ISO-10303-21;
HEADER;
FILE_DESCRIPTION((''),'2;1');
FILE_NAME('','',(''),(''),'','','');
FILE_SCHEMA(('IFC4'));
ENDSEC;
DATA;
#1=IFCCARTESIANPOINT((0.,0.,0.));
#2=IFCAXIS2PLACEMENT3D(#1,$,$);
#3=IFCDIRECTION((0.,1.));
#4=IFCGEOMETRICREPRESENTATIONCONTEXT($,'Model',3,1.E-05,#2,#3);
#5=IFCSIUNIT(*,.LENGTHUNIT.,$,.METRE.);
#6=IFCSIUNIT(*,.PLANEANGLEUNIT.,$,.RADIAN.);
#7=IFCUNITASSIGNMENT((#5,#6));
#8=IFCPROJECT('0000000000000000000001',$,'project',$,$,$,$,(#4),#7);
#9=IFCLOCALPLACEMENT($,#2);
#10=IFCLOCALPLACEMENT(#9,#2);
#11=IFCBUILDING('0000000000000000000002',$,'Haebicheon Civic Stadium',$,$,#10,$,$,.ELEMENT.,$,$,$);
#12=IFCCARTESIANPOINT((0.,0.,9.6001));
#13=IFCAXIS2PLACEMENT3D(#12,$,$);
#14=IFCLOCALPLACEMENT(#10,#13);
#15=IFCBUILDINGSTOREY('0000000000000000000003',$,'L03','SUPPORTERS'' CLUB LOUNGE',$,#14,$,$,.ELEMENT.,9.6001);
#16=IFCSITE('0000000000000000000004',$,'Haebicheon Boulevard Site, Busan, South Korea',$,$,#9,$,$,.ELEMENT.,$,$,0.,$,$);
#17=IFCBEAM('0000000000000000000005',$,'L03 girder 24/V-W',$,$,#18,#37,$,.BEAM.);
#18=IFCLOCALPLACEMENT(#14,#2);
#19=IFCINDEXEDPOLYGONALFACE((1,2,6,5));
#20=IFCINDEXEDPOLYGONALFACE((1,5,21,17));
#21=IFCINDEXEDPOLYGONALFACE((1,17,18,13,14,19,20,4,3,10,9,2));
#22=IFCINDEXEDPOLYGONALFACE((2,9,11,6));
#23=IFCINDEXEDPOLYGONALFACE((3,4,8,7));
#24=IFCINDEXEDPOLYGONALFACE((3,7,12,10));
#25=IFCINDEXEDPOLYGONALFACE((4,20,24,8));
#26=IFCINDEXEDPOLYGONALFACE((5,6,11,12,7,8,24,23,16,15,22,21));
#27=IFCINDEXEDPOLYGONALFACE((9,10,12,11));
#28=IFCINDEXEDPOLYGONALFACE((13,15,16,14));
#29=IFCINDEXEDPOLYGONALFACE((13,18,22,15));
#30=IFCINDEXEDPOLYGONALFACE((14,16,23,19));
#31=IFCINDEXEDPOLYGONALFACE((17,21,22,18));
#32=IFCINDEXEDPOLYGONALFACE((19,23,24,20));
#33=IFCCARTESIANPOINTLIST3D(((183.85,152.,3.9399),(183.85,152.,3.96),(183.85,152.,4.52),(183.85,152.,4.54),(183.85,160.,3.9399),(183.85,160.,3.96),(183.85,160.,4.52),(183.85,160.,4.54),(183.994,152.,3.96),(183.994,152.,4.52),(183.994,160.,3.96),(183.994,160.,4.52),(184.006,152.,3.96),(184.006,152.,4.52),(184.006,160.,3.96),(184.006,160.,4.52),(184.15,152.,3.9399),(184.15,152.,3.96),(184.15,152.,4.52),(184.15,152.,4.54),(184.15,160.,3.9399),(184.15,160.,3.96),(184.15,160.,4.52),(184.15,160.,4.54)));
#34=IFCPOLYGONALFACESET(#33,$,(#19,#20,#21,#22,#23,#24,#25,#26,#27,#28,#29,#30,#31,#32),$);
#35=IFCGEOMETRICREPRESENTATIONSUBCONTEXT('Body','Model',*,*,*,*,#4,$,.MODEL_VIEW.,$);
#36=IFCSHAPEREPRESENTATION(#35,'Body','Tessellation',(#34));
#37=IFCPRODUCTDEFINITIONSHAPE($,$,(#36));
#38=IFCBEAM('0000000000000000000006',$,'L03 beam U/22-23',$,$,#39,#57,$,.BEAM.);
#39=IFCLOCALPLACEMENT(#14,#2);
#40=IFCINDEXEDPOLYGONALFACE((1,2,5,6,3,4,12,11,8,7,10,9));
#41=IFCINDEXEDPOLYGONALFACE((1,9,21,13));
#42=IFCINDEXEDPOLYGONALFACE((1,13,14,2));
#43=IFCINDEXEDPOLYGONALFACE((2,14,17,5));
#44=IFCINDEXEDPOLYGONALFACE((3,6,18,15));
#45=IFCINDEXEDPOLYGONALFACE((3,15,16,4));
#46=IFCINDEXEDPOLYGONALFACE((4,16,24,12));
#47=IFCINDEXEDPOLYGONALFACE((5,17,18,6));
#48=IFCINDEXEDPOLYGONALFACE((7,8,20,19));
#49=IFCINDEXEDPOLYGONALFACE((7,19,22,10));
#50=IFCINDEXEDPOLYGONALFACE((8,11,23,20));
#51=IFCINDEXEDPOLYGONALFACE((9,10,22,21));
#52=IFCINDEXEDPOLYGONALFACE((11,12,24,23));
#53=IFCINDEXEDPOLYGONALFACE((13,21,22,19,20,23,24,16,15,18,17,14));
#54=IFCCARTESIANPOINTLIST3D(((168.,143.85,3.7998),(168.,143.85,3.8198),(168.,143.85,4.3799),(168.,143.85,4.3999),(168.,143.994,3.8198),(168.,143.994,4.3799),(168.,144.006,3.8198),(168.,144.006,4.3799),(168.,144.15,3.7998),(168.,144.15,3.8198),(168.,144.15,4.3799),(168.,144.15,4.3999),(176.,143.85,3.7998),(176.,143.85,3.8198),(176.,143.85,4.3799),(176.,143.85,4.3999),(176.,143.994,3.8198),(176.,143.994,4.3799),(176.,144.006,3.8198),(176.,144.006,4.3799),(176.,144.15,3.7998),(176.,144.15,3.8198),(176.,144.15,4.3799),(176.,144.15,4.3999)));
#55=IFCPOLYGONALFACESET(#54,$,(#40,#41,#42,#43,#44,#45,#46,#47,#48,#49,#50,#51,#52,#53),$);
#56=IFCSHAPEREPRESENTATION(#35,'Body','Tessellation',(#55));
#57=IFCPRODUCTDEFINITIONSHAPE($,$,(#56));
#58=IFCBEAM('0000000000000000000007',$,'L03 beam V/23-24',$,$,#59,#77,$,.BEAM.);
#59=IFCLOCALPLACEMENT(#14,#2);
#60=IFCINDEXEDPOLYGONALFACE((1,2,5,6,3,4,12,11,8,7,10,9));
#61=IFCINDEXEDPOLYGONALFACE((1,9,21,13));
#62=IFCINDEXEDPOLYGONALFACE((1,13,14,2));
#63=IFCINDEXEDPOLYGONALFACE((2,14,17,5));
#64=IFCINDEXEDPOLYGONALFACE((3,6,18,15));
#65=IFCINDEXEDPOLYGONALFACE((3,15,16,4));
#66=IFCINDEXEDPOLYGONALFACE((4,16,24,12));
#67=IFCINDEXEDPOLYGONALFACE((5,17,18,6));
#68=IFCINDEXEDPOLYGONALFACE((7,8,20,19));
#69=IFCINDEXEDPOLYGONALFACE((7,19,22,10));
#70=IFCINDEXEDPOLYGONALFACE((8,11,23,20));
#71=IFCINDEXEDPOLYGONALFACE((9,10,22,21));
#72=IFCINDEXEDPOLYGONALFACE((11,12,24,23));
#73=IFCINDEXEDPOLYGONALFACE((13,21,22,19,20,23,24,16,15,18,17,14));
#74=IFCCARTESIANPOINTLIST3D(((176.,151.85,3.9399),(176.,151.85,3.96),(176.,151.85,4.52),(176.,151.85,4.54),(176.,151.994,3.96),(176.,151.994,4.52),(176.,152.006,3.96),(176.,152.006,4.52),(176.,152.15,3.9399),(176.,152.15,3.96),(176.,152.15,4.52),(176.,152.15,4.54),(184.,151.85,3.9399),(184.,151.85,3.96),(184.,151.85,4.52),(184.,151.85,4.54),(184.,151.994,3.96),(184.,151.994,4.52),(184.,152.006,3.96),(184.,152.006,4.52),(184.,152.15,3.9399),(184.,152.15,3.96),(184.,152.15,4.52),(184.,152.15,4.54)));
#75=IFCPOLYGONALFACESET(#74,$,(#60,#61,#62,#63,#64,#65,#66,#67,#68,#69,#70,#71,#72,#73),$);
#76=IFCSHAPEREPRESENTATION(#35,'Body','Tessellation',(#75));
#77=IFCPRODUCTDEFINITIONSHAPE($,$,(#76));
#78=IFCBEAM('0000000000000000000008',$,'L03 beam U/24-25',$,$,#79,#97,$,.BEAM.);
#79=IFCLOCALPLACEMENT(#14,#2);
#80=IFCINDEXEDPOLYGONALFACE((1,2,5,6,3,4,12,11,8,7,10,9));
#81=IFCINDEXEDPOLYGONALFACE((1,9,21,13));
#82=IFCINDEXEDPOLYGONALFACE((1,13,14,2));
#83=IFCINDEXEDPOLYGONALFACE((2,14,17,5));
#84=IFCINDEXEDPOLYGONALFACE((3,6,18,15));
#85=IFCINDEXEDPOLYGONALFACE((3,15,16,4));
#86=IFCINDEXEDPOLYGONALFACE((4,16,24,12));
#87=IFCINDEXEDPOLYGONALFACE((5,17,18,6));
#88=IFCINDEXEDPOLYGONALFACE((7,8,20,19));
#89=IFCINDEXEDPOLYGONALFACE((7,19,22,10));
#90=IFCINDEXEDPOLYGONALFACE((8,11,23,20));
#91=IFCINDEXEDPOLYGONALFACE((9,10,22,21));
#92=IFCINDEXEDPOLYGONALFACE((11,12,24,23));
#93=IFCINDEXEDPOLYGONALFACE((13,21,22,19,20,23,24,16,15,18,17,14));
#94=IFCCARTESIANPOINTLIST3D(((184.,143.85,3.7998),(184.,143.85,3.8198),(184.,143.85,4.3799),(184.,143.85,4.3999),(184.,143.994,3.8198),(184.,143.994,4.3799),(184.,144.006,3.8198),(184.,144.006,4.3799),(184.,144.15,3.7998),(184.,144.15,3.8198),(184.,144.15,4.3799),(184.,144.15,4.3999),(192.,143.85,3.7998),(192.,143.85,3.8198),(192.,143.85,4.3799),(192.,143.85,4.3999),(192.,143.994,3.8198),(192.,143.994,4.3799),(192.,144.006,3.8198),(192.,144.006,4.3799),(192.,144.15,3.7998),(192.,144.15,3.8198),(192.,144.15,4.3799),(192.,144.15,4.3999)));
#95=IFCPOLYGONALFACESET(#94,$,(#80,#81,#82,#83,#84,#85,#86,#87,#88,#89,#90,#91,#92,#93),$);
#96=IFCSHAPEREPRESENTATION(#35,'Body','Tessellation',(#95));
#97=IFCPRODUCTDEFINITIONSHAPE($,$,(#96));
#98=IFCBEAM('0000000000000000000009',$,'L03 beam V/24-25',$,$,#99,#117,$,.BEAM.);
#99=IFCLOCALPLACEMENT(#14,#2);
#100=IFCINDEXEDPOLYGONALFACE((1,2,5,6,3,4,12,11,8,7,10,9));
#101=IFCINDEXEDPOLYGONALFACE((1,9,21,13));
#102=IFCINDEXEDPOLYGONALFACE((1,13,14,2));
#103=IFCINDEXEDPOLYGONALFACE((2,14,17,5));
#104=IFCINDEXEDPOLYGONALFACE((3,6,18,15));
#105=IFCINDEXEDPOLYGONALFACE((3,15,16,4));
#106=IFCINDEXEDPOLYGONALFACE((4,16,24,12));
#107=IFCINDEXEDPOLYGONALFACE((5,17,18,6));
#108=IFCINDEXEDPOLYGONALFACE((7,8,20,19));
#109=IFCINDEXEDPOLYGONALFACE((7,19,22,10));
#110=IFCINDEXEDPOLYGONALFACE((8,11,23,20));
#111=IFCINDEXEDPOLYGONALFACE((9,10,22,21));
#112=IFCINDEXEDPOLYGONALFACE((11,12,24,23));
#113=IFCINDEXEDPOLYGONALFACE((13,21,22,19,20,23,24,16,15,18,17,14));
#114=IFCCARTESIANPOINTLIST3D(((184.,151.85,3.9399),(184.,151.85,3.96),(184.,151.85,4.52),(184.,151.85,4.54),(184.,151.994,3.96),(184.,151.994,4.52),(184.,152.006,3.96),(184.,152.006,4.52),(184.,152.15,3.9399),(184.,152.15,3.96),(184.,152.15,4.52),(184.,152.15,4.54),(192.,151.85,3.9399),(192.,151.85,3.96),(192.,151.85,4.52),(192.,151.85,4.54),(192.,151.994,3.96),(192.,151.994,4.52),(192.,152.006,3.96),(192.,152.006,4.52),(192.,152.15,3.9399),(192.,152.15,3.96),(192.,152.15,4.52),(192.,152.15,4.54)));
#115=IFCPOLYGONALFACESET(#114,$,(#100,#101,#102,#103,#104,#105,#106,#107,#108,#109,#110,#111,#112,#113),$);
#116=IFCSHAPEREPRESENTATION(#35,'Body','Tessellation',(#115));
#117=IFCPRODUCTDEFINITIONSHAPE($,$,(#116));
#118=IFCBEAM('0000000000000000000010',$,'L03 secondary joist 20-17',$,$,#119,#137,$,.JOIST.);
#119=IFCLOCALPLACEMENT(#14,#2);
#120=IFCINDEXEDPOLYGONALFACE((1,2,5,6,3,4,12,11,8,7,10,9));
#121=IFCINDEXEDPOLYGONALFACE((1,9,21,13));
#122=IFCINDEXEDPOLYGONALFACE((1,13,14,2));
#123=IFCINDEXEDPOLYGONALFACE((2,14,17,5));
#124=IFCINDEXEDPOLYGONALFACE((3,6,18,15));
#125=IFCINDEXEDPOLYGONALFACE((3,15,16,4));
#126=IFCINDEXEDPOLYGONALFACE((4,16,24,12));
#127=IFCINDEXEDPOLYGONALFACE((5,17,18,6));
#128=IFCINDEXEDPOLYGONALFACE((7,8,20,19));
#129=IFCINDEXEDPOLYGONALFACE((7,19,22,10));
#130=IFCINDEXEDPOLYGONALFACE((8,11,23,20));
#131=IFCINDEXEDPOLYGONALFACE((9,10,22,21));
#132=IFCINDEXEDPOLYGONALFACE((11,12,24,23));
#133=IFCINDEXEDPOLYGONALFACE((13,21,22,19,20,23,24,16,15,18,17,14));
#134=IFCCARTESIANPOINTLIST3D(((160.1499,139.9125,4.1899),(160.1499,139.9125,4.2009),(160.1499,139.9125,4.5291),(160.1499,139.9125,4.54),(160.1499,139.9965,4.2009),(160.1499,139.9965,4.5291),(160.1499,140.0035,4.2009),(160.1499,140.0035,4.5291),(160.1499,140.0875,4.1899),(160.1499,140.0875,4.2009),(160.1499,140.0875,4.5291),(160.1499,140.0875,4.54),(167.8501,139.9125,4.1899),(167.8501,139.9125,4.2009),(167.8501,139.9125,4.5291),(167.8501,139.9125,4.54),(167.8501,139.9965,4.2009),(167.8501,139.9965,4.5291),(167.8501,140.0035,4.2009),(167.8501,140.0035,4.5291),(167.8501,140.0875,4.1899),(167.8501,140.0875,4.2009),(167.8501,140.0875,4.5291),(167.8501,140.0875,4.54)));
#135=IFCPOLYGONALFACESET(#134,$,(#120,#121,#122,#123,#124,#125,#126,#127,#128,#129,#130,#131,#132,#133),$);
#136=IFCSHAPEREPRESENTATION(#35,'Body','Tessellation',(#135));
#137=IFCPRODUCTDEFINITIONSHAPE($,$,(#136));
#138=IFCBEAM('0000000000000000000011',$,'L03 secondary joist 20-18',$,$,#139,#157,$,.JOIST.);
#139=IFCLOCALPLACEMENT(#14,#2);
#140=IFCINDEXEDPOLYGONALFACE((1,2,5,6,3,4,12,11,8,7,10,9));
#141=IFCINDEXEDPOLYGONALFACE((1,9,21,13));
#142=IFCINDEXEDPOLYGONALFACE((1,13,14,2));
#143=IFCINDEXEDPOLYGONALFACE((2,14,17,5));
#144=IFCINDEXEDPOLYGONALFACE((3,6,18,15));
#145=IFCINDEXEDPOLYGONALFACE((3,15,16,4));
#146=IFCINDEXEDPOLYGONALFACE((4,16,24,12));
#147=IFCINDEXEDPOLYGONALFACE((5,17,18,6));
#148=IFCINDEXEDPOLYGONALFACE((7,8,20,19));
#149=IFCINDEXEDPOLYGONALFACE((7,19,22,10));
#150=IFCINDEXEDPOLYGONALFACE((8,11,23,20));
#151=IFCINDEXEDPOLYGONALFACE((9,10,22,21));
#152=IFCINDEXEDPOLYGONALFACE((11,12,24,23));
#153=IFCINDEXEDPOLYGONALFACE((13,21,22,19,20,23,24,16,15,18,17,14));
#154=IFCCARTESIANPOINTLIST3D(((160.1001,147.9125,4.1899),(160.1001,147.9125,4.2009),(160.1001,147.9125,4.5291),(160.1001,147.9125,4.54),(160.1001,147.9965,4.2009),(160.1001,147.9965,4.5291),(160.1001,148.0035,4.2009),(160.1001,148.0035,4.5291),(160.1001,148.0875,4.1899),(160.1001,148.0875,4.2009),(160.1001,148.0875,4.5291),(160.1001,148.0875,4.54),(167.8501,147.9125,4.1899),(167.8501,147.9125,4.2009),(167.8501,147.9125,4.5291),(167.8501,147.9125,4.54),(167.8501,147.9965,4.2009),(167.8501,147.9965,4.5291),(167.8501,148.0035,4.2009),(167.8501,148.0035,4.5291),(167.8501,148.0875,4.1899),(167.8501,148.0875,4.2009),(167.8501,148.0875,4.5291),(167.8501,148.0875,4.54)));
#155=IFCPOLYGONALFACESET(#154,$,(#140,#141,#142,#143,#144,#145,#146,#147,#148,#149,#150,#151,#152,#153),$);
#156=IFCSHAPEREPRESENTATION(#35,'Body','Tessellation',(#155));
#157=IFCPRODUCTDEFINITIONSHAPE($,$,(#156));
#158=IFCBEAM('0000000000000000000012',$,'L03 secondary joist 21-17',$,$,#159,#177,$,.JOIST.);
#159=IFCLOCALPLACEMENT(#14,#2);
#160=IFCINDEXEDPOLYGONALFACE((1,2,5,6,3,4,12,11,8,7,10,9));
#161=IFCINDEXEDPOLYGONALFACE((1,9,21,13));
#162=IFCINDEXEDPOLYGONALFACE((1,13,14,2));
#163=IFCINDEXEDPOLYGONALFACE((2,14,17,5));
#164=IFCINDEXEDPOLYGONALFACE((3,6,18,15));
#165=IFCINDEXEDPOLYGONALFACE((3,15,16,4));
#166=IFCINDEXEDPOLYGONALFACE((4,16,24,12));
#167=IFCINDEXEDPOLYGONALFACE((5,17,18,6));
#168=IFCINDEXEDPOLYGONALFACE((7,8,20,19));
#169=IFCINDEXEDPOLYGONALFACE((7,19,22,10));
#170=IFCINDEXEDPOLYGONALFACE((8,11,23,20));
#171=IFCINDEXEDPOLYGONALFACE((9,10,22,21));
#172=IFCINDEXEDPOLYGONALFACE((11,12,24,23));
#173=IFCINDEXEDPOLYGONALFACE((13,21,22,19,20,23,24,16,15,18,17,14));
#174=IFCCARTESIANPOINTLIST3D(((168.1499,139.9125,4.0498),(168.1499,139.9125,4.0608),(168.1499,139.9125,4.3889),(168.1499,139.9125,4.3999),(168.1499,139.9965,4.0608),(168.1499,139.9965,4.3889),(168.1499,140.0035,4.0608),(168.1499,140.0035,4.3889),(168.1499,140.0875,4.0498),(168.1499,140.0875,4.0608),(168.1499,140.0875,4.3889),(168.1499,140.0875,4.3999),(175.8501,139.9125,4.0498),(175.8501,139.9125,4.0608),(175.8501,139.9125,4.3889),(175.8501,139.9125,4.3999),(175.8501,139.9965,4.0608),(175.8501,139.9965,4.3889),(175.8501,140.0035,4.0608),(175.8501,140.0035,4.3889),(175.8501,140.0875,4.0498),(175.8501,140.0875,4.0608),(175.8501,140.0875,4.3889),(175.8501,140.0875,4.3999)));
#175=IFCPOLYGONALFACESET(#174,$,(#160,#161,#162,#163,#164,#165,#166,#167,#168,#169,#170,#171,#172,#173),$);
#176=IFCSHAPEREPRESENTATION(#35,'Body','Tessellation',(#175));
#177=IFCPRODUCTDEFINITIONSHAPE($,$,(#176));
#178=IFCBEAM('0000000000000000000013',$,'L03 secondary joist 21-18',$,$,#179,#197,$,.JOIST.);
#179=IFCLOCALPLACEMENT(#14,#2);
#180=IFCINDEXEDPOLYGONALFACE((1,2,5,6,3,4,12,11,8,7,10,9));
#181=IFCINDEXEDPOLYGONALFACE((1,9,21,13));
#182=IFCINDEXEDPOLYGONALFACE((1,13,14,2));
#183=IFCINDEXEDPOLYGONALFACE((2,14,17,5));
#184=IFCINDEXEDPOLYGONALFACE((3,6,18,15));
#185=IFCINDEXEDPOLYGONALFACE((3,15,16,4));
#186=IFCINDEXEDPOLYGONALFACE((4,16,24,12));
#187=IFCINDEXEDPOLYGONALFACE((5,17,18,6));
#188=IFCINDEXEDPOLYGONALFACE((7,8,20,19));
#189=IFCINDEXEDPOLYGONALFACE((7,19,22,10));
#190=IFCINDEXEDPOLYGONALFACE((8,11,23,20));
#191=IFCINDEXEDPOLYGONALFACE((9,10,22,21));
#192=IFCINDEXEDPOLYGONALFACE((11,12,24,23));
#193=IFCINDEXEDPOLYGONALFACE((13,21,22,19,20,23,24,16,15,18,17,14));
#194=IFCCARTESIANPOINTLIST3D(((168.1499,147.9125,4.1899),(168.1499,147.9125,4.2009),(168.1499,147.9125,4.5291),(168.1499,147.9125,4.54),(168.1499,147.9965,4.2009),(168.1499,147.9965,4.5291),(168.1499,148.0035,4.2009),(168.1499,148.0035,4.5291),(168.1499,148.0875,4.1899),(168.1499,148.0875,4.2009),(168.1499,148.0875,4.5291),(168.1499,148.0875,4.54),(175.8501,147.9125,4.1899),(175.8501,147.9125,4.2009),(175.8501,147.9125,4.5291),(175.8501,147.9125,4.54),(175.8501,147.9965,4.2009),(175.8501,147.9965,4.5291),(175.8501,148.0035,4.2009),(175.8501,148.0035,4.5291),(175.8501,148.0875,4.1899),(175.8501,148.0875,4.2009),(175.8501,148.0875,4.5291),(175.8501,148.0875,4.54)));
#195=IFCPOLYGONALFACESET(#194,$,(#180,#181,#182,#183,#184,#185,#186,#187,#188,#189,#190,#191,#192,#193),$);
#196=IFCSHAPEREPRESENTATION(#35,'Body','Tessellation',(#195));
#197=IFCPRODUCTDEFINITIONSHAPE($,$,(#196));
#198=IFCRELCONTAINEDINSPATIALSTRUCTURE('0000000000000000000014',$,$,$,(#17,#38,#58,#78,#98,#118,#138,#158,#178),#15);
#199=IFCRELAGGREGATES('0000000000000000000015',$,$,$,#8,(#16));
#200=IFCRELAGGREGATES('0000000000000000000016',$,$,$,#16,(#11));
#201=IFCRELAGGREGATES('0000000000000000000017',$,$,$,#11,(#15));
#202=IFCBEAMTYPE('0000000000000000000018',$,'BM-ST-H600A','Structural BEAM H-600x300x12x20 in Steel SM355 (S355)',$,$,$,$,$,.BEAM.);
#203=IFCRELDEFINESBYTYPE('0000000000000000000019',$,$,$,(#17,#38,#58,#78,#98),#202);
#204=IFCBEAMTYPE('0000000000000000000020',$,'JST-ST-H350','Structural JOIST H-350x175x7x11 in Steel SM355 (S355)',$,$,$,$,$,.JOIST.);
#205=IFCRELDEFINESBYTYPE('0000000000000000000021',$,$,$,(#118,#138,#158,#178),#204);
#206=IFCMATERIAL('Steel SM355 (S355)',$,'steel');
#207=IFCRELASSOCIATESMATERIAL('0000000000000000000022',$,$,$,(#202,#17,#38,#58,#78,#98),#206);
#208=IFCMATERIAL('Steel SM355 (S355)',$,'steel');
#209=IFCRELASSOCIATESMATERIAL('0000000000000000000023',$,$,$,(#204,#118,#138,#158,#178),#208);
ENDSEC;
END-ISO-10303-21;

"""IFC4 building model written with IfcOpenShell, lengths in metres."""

from ifc_helpers import new_model, si_unit, direction, frame, origin, origin_2d, place, context, subcontext, project, spatial, i_section, extrude, material, material_profile, profile_set, type_object, element, save


model = new_model("IFC4")

# Units and contexts
model_context = context("Model", 3, precision=1e-05, world=origin(), true_north=direction((0.0, 1.0)))
body_context = subcontext(model_context, "Body", "Model", "MODEL_VIEW")
ifc_project = project(units=[si_unit("LENGTHUNIT", "METRE"), si_unit("PLANEANGLEUNIT", "RADIAN")], contexts=[model_context])

# Site, building, storey
site_placement = place(None, origin())
site = spatial("IfcSite", under=ifc_project, at=site_placement, Name="Haebicheon Boulevard Site, Busan, South Korea", CompositionType="ELEMENT", RefElevation=0.0)
building_placement = place(site_placement, origin())
building = spatial("IfcBuilding", under=site, at=building_placement, Name="Haebicheon Civic Stadium", CompositionType="ELEMENT")
storey_placement = place(building_placement, frame((0.0, 0.0, 9.6001)))
storey = spatial("IfcBuildingStorey", under=building, at=storey_placement, Name="L03", Description="SUPPORTERS' CLUB LOUNGE", CompositionType="ELEMENT", Elevation=9.6001)

# Beams
ifc_material_1 = material(Name="Steel SM355 (S355)", Category="steel")
ifc_material_profile_1 = material_profile(ifc_material_1, i_section(OverallWidth=0.3, OverallDepth=0.6001, WebThickness=0.012, FlangeThickness=0.02, at=origin_2d()), Name="H-600x300x12x20")
ifc_profile_set_1 = profile_set([ifc_material_profile_1], Name="Steel SM355 (S355)")
beam_type_1 = type_object("IfcBeamType", Name="BM-ST-H600A", Description="Structural BEAM H-600x300x12x20 in Steel SM355 (S355)", PredefinedType="BEAM", material=ifc_profile_set_1)
for number, where, z_axis, x_axis, name in (
    (1, (184.0, 152.0, 4.24), (0.0, 1.0, 0.0), (-1.0, 0.0, 0.0), "L03 girder 24/V-W"),
    (2, (168.0, 144.0, 4.0999), (1.0, 0.0, 0.0), (0.0, 1.0, 0.0), "L03 beam U/22-23"),
    (3, (176.0, 152.0, 4.24), (1.0, 0.0, 0.0), (0.0, 1.0, 0.0), "L03 beam V/23-24"),
    (4, (184.0, 144.0, 4.0999), (1.0, 0.0, 0.0), (0.0, 1.0, 0.0), "L03 beam U/24-25"),
    (5, (184.0, 152.0, 4.24), (1.0, 0.0, 0.0), (0.0, 1.0, 0.0), "L03 beam V/24-25"),
):
    element("IfcBeam", number, at=place(storey_placement, frame(where, z_axis=z_axis, x_axis=x_axis)), inside=storey, type_object=beam_type_1, material=ifc_profile_set_1, Name=name, PredefinedType="BEAM", context=body_context, shape_type="SweptSolid", body=[
        extrude(i_section(OverallWidth=0.3, OverallDepth=0.6001, WebThickness=0.012, FlangeThickness=0.02, at=origin_2d()), origin(), (0.0, 0.0, 1.0), 8.0),
    ])
ifc_material_2 = material(Name="Steel SM355 (S355)", Category="steel")
ifc_material_profile_2 = material_profile(ifc_material_2, i_section(OverallWidth=0.175, OverallDepth=0.3501, WebThickness=0.0071, FlangeThickness=0.011, at=origin_2d()), Name="H-350x175x7x11")
ifc_profile_set_2 = profile_set([ifc_material_profile_2], Name="Steel SM355 (S355)")
beam_type_2 = type_object("IfcBeamType", Name="JST-ST-H350", Description="Structural JOIST H-350x175x7x11 in Steel SM355 (S355)", PredefinedType="JOIST", material=ifc_profile_set_2)
beam_1_placement = place(storey_placement, frame((160.1499, 140.0, 4.365), z_axis=(1.0, 0.0, 0.0), x_axis=(0.0, 1.0, 0.0)))
element("IfcBeam", 6, at=beam_1_placement, inside=storey, type_object=beam_type_2, material=ifc_profile_set_2, Name="L03 secondary joist 20-17", PredefinedType="JOIST", context=body_context, shape_type="SweptSolid", body=[
    extrude(i_section(OverallWidth=0.175, OverallDepth=0.3501, WebThickness=0.0071, FlangeThickness=0.011, at=origin_2d()), origin(), (0.0, 0.0, 1.0), 7.7002),
])
beam_2_placement = place(storey_placement, frame((160.1001, 148.0, 4.365), z_axis=(1.0, 0.0, 0.0), x_axis=(0.0, 1.0, 0.0)))
element("IfcBeam", 7, at=beam_2_placement, inside=storey, type_object=beam_type_2, material=ifc_profile_set_2, Name="L03 secondary joist 20-18", PredefinedType="JOIST", context=body_context, shape_type="SweptSolid", body=[
    extrude(i_section(OverallWidth=0.175, OverallDepth=0.3501, WebThickness=0.0071, FlangeThickness=0.011, at=origin_2d()), origin(), (0.0, 0.0, 1.0), 7.75),
])
for number, where, z_axis, x_axis, name in (
    (8, (168.1499, 140.0, 4.2249), (1.0, 0.0, 0.0), (0.0, 1.0, 0.0), "L03 secondary joist 21-17"),
    (9, (168.1499, 148.0, 4.365), (1.0, 0.0, 0.0), (0.0, 1.0, 0.0), "L03 secondary joist 21-18"),
):
    element("IfcBeam", number, at=place(storey_placement, frame(where, z_axis=z_axis, x_axis=x_axis)), inside=storey, type_object=beam_type_2, material=ifc_profile_set_2, Name=name, PredefinedType="JOIST", context=body_context, shape_type="SweptSolid", body=[
        extrude(i_section(OverallWidth=0.175, OverallDepth=0.3501, WebThickness=0.0071, FlangeThickness=0.011, at=origin_2d()), origin(), (0.0, 0.0, 1.0), 7.7002),
    ])

save(model, "model.ifc")
